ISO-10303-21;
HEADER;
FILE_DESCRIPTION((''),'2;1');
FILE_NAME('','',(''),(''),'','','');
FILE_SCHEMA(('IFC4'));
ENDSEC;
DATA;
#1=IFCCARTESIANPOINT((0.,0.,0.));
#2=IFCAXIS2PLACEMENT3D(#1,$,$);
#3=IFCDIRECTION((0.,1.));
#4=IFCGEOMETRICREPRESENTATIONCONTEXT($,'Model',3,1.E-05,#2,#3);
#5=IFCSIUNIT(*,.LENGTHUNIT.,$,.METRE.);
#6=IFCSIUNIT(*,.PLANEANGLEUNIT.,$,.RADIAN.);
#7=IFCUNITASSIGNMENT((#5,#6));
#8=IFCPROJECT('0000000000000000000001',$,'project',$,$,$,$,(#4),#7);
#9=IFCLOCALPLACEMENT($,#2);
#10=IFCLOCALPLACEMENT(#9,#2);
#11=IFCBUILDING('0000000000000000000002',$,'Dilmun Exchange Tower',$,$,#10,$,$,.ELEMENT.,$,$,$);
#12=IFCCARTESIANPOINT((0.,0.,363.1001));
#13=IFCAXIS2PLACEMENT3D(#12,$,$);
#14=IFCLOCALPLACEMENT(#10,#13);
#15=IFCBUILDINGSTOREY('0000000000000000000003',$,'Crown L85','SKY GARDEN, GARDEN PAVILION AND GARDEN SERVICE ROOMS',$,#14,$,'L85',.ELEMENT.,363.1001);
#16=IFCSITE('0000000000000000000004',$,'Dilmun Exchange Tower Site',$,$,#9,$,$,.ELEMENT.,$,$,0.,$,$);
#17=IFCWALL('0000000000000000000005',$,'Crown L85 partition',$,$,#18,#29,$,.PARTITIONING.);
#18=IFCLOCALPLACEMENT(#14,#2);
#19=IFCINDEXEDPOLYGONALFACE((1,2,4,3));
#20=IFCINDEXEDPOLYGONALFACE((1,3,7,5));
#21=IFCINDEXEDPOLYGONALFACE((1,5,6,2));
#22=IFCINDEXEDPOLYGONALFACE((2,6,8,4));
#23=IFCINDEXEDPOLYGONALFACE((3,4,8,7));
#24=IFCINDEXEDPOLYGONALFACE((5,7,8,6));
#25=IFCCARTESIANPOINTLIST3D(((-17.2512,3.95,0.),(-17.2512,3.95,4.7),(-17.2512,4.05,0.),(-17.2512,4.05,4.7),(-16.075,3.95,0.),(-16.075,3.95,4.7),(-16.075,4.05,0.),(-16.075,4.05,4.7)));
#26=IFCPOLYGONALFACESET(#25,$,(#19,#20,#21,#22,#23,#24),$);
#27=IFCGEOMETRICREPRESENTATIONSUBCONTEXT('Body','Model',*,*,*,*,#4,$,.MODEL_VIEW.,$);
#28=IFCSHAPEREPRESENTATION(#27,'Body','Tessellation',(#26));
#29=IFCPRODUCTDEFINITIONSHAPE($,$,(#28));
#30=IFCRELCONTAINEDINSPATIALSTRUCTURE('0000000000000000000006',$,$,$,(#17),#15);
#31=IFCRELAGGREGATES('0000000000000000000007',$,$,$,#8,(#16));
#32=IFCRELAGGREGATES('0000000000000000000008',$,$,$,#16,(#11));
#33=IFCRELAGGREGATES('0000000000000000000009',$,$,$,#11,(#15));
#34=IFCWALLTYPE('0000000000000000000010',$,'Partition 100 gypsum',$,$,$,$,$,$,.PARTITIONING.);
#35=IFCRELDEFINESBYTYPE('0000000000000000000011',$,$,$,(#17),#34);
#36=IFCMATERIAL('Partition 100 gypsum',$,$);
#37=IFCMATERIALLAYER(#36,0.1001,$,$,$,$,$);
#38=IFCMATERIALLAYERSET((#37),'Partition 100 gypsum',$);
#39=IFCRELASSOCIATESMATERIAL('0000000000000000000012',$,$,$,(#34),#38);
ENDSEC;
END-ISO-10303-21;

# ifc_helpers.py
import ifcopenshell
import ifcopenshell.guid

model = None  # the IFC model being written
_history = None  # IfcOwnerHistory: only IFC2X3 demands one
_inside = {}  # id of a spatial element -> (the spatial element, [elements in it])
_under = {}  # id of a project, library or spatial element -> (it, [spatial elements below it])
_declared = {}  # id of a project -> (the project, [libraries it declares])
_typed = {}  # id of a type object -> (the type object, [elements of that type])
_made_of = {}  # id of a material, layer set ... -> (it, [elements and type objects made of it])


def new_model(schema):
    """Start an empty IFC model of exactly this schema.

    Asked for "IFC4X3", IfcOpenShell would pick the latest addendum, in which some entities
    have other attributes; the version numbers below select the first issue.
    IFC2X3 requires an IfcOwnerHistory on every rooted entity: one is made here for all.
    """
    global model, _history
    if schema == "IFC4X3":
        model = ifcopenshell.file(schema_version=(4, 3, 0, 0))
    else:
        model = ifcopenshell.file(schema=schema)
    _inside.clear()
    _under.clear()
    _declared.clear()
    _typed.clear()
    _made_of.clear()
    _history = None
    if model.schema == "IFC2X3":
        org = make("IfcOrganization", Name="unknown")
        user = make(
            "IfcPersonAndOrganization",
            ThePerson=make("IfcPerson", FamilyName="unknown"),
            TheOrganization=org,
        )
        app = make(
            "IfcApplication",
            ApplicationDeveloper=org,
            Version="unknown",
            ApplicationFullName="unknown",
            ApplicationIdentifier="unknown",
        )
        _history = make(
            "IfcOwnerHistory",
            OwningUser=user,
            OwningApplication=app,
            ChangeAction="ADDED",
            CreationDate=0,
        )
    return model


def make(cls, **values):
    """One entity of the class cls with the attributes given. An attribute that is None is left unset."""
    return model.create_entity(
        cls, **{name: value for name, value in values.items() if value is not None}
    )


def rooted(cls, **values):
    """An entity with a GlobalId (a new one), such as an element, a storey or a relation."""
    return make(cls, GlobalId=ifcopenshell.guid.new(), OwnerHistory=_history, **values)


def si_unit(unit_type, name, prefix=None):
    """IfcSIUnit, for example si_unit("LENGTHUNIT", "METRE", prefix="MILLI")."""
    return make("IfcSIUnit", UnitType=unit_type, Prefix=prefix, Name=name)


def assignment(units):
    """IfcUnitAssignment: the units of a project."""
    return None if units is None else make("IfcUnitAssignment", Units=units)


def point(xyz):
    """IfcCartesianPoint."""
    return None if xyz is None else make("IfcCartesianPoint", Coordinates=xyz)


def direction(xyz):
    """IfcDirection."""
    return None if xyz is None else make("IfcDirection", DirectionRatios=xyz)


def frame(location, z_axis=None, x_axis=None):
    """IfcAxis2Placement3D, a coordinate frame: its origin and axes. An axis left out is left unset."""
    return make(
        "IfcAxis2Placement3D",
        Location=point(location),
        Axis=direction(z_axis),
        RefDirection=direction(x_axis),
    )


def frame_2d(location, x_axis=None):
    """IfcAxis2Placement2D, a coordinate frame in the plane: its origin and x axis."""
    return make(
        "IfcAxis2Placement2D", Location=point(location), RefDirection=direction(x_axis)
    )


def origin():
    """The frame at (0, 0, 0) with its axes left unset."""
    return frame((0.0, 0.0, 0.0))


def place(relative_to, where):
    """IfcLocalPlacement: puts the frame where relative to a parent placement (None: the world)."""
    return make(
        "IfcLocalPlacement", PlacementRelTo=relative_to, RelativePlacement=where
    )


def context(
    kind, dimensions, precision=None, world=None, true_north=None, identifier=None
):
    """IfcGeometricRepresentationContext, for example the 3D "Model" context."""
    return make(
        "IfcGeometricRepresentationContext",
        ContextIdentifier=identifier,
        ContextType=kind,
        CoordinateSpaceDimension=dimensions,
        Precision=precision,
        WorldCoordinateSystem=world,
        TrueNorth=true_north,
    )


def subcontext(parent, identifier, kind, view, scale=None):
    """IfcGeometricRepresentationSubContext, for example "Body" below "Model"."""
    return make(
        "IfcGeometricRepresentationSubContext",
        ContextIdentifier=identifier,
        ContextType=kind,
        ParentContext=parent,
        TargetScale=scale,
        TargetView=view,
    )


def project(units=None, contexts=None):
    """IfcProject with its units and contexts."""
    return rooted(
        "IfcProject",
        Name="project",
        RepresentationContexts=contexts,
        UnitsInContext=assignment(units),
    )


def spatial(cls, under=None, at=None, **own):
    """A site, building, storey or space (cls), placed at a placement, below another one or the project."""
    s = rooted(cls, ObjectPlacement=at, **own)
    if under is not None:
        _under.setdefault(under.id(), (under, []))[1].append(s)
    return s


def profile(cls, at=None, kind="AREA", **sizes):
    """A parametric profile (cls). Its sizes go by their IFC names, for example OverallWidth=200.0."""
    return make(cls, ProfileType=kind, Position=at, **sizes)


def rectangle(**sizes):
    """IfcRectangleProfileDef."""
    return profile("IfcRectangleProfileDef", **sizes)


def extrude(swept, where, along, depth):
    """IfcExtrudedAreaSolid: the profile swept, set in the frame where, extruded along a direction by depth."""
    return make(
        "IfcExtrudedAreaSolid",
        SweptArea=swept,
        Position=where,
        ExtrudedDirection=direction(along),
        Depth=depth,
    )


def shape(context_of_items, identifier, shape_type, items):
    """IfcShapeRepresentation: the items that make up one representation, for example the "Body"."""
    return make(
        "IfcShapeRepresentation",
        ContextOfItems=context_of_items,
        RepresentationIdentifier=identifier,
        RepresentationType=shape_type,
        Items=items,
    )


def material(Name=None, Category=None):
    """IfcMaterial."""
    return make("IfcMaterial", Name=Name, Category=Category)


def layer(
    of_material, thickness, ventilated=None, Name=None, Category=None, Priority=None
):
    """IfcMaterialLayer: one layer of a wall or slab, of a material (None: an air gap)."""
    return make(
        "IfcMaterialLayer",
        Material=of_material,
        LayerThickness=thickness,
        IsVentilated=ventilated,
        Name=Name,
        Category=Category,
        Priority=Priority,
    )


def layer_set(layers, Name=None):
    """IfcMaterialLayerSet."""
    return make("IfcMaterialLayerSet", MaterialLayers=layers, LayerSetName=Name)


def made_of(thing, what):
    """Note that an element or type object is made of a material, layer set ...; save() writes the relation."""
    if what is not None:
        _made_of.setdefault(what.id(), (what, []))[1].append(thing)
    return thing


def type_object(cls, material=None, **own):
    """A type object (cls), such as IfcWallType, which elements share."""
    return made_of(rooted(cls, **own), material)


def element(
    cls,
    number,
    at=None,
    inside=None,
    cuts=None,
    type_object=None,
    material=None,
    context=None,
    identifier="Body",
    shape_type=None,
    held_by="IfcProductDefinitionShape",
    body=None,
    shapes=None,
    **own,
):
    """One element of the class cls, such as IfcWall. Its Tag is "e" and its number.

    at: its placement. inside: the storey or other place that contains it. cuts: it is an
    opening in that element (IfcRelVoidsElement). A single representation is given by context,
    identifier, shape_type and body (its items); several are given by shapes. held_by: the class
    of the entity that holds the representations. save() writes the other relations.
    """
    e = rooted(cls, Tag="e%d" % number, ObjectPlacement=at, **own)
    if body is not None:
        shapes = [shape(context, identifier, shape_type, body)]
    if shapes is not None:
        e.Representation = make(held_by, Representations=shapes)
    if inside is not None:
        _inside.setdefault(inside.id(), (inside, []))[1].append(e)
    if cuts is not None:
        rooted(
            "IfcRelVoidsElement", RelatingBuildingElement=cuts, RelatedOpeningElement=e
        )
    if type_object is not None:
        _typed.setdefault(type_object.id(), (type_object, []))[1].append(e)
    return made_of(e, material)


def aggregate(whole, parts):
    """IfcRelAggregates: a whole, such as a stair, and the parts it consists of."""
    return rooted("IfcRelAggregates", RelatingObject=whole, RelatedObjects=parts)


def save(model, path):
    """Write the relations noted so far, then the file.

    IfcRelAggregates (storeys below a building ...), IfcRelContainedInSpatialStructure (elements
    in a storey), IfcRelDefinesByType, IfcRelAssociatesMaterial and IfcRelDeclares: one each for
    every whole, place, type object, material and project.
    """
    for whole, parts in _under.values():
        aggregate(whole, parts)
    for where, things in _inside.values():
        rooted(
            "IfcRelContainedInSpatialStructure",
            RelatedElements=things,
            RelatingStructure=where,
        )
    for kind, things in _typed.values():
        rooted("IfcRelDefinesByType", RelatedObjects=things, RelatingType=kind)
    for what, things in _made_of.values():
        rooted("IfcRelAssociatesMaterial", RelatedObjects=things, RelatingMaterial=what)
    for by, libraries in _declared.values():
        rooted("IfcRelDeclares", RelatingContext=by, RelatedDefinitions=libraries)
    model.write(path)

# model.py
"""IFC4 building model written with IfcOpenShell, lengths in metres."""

from ifc_helpers import new_model, si_unit, direction, frame, frame_2d, origin, place, context, subcontext, project, spatial, rectangle, extrude, material, layer, layer_set, type_object, element, save


model = new_model("IFC4")

# Units and contexts
model_context = context("Model", 3, precision=1e-05, world=origin(), true_north=direction((0.0, 1.0)))
body_context = subcontext(model_context, "Body", "Model", "MODEL_VIEW")
ifc_project = project(units=[si_unit("LENGTHUNIT", "METRE"), si_unit("PLANEANGLEUNIT", "RADIAN")], contexts=[model_context])

# Site, building, storey
site_placement = place(None, origin())
site = spatial("IfcSite", under=ifc_project, at=site_placement, Name="Dilmun Exchange Tower Site", CompositionType="ELEMENT", RefElevation=0.0)
building_placement = place(site_placement, origin())
building = spatial("IfcBuilding", under=site, at=building_placement, Name="Dilmun Exchange Tower", CompositionType="ELEMENT")
storey_placement = place(building_placement, frame((0.0, 0.0, 363.1001)))
storey = spatial("IfcBuildingStorey", under=building, at=storey_placement, Name="Crown L85", Description="SKY GARDEN, GARDEN PAVILION AND GARDEN SERVICE ROOMS", LongName="L85", CompositionType="ELEMENT", Elevation=363.1001)

# Wall
ifc_material_1 = material(Name="Partition 100 gypsum")
ifc_layer_1 = layer(ifc_material_1, 0.1001)
ifc_layer_set_1 = layer_set([ifc_layer_1], Name="Partition 100 gypsum")
wall_type_1 = type_object("IfcWallType", Name="Partition 100 gypsum", PredefinedType="PARTITIONING", material=ifc_layer_set_1)
wall_1_placement = place(storey_placement, frame((-17.2512, 4.0, 0.0), z_axis=(0.0, 0.0, 1.0), x_axis=(1.0, 0.0, 0.0)))
element("IfcWall", 1, at=wall_1_placement, inside=storey, type_object=wall_type_1, Name="Crown L85 partition", PredefinedType="PARTITIONING", context=body_context, shape_type="SweptSolid", body=[
    extrude(rectangle(XDim=1.1763, YDim=0.1001, at=frame_2d((0.5881, 0.0))), origin(), (0.0, 0.0, 1.0), 4.7),
])

save(model, "model.ifc")
